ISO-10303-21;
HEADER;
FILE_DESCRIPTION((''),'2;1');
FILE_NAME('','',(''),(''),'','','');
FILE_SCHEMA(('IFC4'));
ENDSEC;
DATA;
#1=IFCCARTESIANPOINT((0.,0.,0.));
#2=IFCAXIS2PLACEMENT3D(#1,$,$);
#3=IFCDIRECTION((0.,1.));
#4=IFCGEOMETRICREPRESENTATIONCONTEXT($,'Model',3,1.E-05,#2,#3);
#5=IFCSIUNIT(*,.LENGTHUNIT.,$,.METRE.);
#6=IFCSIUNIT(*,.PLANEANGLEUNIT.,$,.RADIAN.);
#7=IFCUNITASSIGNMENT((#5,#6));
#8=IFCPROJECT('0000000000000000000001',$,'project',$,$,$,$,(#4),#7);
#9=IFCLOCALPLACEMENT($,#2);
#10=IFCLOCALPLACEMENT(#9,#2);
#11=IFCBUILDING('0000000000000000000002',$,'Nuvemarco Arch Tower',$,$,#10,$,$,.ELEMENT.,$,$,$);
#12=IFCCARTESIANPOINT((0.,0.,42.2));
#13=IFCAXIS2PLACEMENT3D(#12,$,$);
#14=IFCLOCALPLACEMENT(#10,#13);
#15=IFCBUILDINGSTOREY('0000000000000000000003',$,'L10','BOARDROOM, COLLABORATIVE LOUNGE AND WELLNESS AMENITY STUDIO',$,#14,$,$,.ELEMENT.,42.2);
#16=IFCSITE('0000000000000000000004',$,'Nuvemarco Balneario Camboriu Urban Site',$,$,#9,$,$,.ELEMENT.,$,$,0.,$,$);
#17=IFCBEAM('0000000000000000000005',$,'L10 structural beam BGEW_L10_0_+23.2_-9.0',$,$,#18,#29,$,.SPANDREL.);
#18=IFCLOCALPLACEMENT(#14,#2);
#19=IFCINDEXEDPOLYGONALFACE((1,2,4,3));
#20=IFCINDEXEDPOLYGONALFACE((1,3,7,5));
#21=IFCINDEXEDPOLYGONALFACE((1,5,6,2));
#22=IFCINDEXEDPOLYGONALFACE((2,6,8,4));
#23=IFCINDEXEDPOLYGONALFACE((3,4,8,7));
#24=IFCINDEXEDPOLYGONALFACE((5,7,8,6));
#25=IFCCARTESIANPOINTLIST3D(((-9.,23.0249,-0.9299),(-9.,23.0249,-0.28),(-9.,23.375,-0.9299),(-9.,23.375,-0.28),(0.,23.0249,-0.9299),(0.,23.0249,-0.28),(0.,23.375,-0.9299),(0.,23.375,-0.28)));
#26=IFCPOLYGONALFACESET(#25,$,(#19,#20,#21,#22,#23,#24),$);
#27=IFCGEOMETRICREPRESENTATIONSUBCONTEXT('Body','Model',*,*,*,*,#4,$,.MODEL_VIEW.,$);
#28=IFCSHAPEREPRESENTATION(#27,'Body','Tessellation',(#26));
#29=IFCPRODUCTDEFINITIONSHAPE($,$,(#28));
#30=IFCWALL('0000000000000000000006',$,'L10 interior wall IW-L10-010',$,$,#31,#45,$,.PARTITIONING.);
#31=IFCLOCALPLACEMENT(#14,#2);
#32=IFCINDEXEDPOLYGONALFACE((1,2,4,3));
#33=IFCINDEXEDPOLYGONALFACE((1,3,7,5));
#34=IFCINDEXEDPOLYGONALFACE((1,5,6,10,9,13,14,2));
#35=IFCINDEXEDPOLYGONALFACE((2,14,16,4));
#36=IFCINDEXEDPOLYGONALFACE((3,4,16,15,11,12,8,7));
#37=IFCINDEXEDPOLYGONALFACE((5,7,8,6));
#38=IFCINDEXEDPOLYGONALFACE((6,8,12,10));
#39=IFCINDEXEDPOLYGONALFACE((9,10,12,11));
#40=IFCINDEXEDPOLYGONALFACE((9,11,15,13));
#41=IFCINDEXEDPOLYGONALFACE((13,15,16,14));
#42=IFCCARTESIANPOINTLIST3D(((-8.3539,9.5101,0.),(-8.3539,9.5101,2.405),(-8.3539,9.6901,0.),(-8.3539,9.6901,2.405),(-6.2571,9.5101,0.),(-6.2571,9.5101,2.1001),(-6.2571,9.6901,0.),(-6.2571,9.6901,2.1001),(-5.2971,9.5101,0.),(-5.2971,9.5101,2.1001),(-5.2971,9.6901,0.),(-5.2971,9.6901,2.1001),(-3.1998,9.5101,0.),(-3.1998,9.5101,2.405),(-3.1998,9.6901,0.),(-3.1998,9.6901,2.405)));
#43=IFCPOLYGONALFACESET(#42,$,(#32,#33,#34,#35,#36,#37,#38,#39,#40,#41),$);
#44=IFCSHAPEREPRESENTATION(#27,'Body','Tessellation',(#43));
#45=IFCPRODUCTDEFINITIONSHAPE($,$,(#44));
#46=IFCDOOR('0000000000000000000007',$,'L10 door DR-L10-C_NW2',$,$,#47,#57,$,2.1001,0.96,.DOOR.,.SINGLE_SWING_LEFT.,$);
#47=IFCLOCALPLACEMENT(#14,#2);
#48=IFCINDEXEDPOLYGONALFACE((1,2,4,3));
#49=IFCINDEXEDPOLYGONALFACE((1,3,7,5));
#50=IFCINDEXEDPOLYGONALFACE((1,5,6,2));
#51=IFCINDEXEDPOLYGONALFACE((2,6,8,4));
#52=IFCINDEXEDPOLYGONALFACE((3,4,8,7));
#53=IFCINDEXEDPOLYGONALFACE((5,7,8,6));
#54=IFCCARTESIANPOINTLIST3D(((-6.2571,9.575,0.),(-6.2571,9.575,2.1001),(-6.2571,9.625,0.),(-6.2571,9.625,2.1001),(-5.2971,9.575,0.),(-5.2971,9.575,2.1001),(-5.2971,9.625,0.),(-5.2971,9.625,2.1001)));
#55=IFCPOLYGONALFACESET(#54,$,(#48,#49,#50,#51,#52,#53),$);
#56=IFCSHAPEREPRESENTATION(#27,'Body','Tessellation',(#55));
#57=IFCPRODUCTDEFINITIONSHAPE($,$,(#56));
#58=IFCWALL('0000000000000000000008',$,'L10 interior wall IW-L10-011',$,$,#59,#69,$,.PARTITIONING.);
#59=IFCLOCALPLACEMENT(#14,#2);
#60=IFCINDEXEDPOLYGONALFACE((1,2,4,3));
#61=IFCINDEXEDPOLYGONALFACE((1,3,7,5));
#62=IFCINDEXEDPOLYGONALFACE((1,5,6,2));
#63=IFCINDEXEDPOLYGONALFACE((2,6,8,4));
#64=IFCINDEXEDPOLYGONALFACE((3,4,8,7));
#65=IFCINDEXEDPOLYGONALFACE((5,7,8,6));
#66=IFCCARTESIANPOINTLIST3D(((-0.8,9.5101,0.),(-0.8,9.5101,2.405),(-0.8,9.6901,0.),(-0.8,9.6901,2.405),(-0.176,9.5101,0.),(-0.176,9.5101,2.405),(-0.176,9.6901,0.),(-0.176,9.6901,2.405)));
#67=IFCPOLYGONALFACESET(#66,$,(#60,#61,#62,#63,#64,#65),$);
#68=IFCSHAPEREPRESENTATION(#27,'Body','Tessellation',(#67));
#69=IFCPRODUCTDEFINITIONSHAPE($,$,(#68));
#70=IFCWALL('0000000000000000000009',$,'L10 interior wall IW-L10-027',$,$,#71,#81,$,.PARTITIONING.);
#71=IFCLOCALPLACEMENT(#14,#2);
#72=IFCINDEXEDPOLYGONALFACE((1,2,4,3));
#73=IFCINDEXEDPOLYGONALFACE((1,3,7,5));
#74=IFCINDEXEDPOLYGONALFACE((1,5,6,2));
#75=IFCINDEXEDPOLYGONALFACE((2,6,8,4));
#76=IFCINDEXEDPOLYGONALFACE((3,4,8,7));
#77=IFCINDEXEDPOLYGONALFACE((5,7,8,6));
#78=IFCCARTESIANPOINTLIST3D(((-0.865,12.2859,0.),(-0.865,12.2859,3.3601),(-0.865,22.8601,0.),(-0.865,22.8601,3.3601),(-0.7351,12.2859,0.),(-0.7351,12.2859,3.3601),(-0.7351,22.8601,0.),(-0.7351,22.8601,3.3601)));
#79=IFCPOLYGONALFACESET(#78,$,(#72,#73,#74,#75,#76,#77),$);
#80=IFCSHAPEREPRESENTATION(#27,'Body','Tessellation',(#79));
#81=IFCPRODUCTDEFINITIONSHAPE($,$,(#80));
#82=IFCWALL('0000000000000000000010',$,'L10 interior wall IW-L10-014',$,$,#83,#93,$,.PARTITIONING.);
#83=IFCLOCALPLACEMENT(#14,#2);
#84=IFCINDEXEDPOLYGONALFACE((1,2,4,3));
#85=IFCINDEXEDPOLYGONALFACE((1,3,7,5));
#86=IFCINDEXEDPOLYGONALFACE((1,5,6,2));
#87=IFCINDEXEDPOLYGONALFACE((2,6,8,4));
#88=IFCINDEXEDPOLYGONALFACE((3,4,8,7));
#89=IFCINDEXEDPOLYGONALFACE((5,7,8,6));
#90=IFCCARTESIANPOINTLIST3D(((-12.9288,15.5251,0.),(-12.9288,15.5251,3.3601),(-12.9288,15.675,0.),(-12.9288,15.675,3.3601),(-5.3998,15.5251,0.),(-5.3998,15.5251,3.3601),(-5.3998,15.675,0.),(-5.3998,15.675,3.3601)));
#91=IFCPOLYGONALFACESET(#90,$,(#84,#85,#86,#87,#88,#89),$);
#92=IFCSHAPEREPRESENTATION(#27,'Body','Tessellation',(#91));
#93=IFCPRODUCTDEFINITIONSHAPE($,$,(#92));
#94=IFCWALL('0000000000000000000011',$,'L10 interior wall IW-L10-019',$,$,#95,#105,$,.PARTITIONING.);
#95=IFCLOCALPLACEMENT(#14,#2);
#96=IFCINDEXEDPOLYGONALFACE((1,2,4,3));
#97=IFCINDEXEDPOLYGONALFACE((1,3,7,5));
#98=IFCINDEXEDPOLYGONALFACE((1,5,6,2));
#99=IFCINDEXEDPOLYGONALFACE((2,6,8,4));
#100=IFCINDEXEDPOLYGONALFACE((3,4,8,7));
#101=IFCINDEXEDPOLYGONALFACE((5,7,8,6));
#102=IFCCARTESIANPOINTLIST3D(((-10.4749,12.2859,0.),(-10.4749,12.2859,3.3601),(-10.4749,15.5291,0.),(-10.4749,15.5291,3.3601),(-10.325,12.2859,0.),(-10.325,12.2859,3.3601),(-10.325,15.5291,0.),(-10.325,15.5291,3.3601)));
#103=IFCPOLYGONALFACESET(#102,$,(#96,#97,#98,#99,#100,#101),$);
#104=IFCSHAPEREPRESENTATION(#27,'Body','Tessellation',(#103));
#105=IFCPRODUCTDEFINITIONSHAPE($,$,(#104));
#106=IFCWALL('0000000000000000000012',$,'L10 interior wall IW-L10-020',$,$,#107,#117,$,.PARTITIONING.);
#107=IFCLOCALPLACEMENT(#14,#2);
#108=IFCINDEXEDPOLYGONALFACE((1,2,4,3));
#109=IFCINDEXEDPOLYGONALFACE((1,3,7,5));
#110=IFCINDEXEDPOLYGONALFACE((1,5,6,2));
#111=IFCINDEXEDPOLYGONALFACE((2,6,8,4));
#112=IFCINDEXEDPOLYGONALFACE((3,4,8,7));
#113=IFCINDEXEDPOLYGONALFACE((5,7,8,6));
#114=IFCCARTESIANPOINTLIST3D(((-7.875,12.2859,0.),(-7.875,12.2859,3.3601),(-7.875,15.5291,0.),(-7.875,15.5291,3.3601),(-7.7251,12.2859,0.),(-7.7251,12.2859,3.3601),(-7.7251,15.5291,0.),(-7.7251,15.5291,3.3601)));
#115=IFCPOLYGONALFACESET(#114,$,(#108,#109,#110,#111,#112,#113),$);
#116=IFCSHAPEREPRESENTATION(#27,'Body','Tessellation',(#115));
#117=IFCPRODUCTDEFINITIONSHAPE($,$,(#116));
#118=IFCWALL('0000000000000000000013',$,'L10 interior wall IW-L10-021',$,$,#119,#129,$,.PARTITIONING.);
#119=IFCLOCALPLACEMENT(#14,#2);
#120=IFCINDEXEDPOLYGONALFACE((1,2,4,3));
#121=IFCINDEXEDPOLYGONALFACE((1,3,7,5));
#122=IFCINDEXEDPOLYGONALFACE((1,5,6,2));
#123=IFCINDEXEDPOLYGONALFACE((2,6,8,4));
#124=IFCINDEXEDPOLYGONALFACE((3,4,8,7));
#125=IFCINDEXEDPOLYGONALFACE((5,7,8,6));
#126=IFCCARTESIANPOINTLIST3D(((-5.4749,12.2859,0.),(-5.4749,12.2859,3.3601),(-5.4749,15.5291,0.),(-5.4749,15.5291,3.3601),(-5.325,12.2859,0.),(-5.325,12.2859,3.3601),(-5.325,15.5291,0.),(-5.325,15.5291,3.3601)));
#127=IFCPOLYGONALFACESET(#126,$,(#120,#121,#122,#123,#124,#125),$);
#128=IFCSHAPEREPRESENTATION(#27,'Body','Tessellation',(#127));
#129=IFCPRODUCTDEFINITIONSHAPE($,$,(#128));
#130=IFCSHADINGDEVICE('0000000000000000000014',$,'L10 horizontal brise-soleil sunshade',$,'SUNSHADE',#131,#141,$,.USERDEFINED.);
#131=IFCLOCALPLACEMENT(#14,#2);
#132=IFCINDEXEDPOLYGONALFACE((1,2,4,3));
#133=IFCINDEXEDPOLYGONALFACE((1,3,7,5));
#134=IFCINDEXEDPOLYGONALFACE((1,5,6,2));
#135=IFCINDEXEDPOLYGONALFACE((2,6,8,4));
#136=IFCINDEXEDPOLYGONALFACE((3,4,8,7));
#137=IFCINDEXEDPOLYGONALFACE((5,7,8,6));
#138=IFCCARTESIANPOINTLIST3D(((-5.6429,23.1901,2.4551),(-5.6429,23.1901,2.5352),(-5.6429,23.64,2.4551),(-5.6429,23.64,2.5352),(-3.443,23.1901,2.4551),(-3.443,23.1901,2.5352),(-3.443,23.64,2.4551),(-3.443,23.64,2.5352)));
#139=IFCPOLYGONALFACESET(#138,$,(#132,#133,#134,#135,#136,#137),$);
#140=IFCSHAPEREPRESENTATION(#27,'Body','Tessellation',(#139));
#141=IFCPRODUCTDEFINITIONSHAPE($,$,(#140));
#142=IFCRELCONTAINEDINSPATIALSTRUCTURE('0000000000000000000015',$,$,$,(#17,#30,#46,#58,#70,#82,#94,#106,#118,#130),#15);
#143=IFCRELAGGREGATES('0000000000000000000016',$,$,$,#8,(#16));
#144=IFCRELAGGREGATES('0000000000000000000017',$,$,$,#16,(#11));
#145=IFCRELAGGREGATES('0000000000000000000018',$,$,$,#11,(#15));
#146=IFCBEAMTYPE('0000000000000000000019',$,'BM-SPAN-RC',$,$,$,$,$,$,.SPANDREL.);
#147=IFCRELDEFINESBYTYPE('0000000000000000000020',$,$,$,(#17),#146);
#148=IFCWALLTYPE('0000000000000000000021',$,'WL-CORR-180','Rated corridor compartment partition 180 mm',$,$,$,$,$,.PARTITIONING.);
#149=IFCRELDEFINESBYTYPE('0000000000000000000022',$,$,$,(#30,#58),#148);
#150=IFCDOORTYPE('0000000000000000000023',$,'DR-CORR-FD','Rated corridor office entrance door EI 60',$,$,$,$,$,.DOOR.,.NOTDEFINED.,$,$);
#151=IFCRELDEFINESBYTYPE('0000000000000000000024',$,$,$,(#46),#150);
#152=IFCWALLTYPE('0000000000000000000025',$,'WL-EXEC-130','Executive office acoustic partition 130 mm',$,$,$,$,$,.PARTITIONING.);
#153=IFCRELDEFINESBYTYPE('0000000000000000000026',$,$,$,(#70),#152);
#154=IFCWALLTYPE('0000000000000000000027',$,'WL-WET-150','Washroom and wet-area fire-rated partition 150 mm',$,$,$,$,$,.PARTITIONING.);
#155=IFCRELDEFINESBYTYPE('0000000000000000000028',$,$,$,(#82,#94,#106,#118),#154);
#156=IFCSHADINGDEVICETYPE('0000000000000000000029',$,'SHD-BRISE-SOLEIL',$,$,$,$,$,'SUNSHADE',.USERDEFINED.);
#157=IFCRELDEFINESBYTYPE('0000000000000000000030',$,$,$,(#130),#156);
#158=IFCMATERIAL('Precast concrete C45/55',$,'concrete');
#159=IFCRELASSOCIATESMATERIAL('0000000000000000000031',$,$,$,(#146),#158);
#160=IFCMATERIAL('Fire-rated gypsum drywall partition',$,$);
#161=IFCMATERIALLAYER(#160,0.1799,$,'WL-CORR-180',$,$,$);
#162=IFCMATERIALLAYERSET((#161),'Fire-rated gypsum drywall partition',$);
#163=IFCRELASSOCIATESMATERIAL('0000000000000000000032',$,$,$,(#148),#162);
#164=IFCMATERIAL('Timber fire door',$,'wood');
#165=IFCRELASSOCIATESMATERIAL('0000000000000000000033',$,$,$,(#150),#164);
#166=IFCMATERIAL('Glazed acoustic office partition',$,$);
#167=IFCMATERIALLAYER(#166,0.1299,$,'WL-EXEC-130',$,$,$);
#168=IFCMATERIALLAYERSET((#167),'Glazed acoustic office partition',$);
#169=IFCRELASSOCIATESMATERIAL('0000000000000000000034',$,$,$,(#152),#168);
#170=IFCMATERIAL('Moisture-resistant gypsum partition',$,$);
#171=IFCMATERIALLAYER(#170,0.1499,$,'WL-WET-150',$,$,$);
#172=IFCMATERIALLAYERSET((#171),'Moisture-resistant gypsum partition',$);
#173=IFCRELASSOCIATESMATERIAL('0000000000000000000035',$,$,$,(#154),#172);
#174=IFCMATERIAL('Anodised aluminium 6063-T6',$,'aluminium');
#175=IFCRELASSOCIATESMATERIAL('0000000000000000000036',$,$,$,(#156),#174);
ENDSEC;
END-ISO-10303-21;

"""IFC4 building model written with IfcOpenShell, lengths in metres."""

from ifc_helpers import new_model, si_unit, direction, frame, frame_2d, origin, origin_2d, place, context, subcontext, project, spatial, rectangle, extrude, source, transform, mapped, material, layer, layer_set, material_profile, profile_set, type_object, type_shapes, element, fill, save


model = new_model("IFC4")

# Units and contexts
model_context = context("Model", 3, precision=1e-05, world=origin(), true_north=direction((0.0, 1.0)))
body_context = subcontext(model_context, "Body", "Model", "MODEL_VIEW")
ifc_project = project(units=[si_unit("LENGTHUNIT", "METRE"), si_unit("PLANEANGLEUNIT", "RADIAN")], contexts=[model_context])

# Site, building, storey
site_placement = place(None, origin())
site = spatial("IfcSite", under=ifc_project, at=site_placement, Name="Nuvemarco Balneario Camboriu Urban Site", CompositionType="ELEMENT", RefElevation=0.0)
building_placement = place(site_placement, origin())
building = spatial("IfcBuilding", under=site, at=building_placement, Name="Nuvemarco Arch Tower", CompositionType="ELEMENT")
storey_placement = place(building_placement, frame((0.0, 0.0, 42.2)))
storey = spatial("IfcBuildingStorey", under=building, at=storey_placement, Name="L10", Description="BOARDROOM, COLLABORATIVE LOUNGE AND WELLNESS AMENITY STUDIO", CompositionType="ELEMENT", Elevation=42.2)

# Beam
ifc_material_1 = material(Name="Precast concrete C45/55", Category="concrete")
ifc_material_profile_1 = material_profile(ifc_material_1, rectangle(XDim=0.3501, YDim=0.6499, at=origin_2d()), Name="PC-SP-350x650")
ifc_profile_set_1 = profile_set([ifc_material_profile_1], Name="Precast concrete C45/55")
beam_type_1 = type_object("IfcBeamType", Name="BM-SPAN-RC", PredefinedType="SPANDREL", material=ifc_profile_set_1)
beam_1_placement = place(storey_placement, frame((-9.0, 23.2, -0.605), z_axis=(1.0, 0.0, 0.0), x_axis=(0.0, 1.0, 0.0)))
element("IfcBeam", 1, at=beam_1_placement, inside=storey, type_object=beam_type_1, Name="L10 structural beam BGEW_L10_0_+23.2_-9.0", PredefinedType="SPANDREL", context=body_context, shape_type="SweptSolid", body=[
    extrude(rectangle(XDim=0.3501, YDim=0.6499, at=origin_2d()), origin(), (0.0, 0.0, 1.0), 9.0),
])

# Wall, opening, door
ifc_material_2 = material(Name="Fire-rated gypsum drywall partition")
ifc_layer_1 = layer(ifc_material_2, 0.1799, Name="WL-CORR-180")
ifc_layer_set_1 = layer_set([ifc_layer_1], Name="Fire-rated gypsum drywall partition")
wall_type_1 = type_object("IfcWallType", Name="WL-CORR-180", Description="Rated corridor compartment partition 180 mm", PredefinedType="PARTITIONING", material=ifc_layer_set_1)
wall_1_placement = place(storey_placement, frame((-8.354, 9.6001, 0.0), z_axis=(0.0, 0.0, 1.0), x_axis=(1.0, 0.0, 0.0)))
wall_1 = element("IfcWall", 2, at=wall_1_placement, inside=storey, type_object=wall_type_1, Name="L10 interior wall IW-L10-010", PredefinedType="PARTITIONING", context=body_context, shape_type="SweptSolid", body=[
    extrude(rectangle(XDim=5.1541, YDim=0.1799, at=frame_2d((2.5771, 0.0))), origin(), (0.0, 0.0, 1.0), 2.405),
])
opening_placement = place(wall_1_placement, frame((2.0969, 0.0, 0.0)))
opening = element("IfcOpeningElement", 3, at=opening_placement, cuts=wall_1, PredefinedType="OPENING", context=body_context, shape_type="SweptSolid", body=[
    extrude(rectangle(XDim=0.96, YDim=2.1001, at=frame_2d((0.48, 1.05))), frame((0.0, 0.0999, 0.0), z_axis=(0.0, -1.0, 0.0), x_axis=(1.0, 0.0, 0.0)), (0.0, 0.0, 1.0), 0.2),
])
ifc_material_3 = material(Name="Timber fire door", Category="wood")
door_type = type_object("IfcDoorType", Name="DR-CORR-FD", Description="Rated corridor office entrance door EI 60", OperationType="NOTDEFINED", PredefinedType="DOOR", material=ifc_material_3)
shared_shape_1 = source(origin(), body_context, "Body", "SweptSolid", [
    extrude(rectangle(XDim=0.96, YDim=2.1001, at=frame_2d((0.48, 1.05))), frame((0.0, 0.0249, 0.0), z_axis=(0.0, -1.0, 0.0), x_axis=(1.0, 0.0, 0.0)), (0.0, 0.0, 1.0), 0.05),
])
type_shapes(door_type, [shared_shape_1])
door_placement = place(opening_placement, origin())
door = element("IfcDoor", 4, at=door_placement, inside=storey, type_object=door_type, Name="L10 door DR-L10-C_NW2", OperationType="SINGLE_SWING_LEFT", OverallHeight=2.1001, OverallWidth=0.96, PredefinedType="DOOR", context=body_context, shape_type="MappedRepresentation", body=[
    mapped(shared_shape_1, transform((0.0, 0.0, 0.0), scale=1.0)),
])
fill(opening, door)

# Walls
wall_2_placement = place(storey_placement, frame((-0.8, 9.6001, 0.0), z_axis=(0.0, 0.0, 1.0), x_axis=(1.0, 0.0, 0.0)))
element("IfcWall", 5, at=wall_2_placement, inside=storey, type_object=wall_type_1, Name="L10 interior wall IW-L10-011", PredefinedType="PARTITIONING", context=body_context, shape_type="SweptSolid", body=[
    extrude(rectangle(XDim=0.624, YDim=0.1799, at=frame_2d((0.312, 0.0))), origin(), (0.0, 0.0, 1.0), 2.405),
])
ifc_material_4 = material(Name="Glazed acoustic office partition")
ifc_layer_2 = layer(ifc_material_4, 0.1299, Name="WL-EXEC-130")
ifc_layer_set_2 = layer_set([ifc_layer_2], Name="Glazed acoustic office partition")
wall_type_2 = type_object("IfcWallType", Name="WL-EXEC-130", Description="Executive office acoustic partition 130 mm", PredefinedType="PARTITIONING", material=ifc_layer_set_2)
wall_3_placement = place(storey_placement, frame((-0.8, 12.2859, 0.0), z_axis=(0.0, 0.0, 1.0), x_axis=(0.0, 1.0, 0.0)))
element("IfcWall", 6, at=wall_3_placement, inside=storey, type_object=wall_type_2, Name="L10 interior wall IW-L10-027", PredefinedType="PARTITIONING", context=body_context, shape_type="SweptSolid", body=[
    extrude(rectangle(XDim=10.5742, YDim=0.1299, at=frame_2d((5.2871, 0.0))), origin(), (0.0, 0.0, 1.0), 3.3601),
])
ifc_material_5 = material(Name="Moisture-resistant gypsum partition")
ifc_layer_3 = layer(ifc_material_5, 0.1499, Name="WL-WET-150")
ifc_layer_set_3 = layer_set([ifc_layer_3], Name="Moisture-resistant gypsum partition")
wall_type_3 = type_object("IfcWallType", Name="WL-WET-150", Description="Washroom and wet-area fire-rated partition 150 mm", PredefinedType="PARTITIONING", material=ifc_layer_set_3)
wall_4_placement = place(storey_placement, frame((-12.929, 15.6001, 0.0), z_axis=(0.0, 0.0, 1.0), x_axis=(1.0, 0.0, 0.0)))
element("IfcWall", 7, at=wall_4_placement, inside=storey, type_object=wall_type_3, Name="L10 interior wall IW-L10-014", PredefinedType="PARTITIONING", context=body_context, shape_type="SweptSolid", body=[
    extrude(rectangle(XDim=7.5291, YDim=0.1499, at=frame_2d((3.7646, 0.0))), origin(), (0.0, 0.0, 1.0), 3.3601),
])
for number, where, z_axis, x_axis, name in (
    (8, (-10.3999, 12.2859, 0.0), (0.0, 0.0, 1.0), (0.0, 1.0, 0.0), "L10 interior wall IW-L10-019"),
    (9, (-7.8, 12.2859, 0.0), (0.0, 0.0, 1.0), (0.0, 1.0, 0.0), "L10 interior wall IW-L10-020"),
    (10, (-5.3999, 12.2859, 0.0), (0.0, 0.0, 1.0), (0.0, 1.0, 0.0), "L10 interior wall IW-L10-021"),
):
    element("IfcWall", number, at=place(storey_placement, frame(where, z_axis=z_axis, x_axis=x_axis)), inside=storey, type_object=wall_type_3, Name=name, PredefinedType="PARTITIONING", context=body_context, shape_type="SweptSolid", body=[
        extrude(rectangle(XDim=3.2432, YDim=0.1499, at=frame_2d((1.6216, 0.0))), origin(), (0.0, 0.0, 1.0), 3.3601),
    ])

# Shading device
ifc_material_6 = material(Name="Anodised aluminium 6063-T6", Category="aluminium")
shading_device_type = type_object("IfcShadingDeviceType", Name="SHD-BRISE-SOLEIL", ElementType="SUNSHADE", PredefinedType="USERDEFINED", material=ifc_material_6)
shared_shape_2 = source(origin(), body_context, "Body", "SweptSolid", [
    extrude(rectangle(XDim=2.2, YDim=0.45, at=origin_2d()), origin(), (0.0, 0.0, 1.0), 0.0801),
])
type_shapes(shading_device_type, [shared_shape_2])
shading_device_placement = place(storey_placement, frame((-4.543, 23.415, 2.4551), z_axis=(0.0, 0.0, 1.0), x_axis=(1.0, 0.0, 0.0)))
element("IfcShadingDevice", 11, at=shading_device_placement, inside=storey, type_object=shading_device_type, Name="L10 horizontal brise-soleil sunshade", ObjectType="SUNSHADE", PredefinedType="USERDEFINED", context=body_context, shape_type="MappedRepresentation", body=[
    mapped(shared_shape_2, transform((0.0, 0.0, 0.0), scale=1.0)),
])

save(model, "model.ifc")
